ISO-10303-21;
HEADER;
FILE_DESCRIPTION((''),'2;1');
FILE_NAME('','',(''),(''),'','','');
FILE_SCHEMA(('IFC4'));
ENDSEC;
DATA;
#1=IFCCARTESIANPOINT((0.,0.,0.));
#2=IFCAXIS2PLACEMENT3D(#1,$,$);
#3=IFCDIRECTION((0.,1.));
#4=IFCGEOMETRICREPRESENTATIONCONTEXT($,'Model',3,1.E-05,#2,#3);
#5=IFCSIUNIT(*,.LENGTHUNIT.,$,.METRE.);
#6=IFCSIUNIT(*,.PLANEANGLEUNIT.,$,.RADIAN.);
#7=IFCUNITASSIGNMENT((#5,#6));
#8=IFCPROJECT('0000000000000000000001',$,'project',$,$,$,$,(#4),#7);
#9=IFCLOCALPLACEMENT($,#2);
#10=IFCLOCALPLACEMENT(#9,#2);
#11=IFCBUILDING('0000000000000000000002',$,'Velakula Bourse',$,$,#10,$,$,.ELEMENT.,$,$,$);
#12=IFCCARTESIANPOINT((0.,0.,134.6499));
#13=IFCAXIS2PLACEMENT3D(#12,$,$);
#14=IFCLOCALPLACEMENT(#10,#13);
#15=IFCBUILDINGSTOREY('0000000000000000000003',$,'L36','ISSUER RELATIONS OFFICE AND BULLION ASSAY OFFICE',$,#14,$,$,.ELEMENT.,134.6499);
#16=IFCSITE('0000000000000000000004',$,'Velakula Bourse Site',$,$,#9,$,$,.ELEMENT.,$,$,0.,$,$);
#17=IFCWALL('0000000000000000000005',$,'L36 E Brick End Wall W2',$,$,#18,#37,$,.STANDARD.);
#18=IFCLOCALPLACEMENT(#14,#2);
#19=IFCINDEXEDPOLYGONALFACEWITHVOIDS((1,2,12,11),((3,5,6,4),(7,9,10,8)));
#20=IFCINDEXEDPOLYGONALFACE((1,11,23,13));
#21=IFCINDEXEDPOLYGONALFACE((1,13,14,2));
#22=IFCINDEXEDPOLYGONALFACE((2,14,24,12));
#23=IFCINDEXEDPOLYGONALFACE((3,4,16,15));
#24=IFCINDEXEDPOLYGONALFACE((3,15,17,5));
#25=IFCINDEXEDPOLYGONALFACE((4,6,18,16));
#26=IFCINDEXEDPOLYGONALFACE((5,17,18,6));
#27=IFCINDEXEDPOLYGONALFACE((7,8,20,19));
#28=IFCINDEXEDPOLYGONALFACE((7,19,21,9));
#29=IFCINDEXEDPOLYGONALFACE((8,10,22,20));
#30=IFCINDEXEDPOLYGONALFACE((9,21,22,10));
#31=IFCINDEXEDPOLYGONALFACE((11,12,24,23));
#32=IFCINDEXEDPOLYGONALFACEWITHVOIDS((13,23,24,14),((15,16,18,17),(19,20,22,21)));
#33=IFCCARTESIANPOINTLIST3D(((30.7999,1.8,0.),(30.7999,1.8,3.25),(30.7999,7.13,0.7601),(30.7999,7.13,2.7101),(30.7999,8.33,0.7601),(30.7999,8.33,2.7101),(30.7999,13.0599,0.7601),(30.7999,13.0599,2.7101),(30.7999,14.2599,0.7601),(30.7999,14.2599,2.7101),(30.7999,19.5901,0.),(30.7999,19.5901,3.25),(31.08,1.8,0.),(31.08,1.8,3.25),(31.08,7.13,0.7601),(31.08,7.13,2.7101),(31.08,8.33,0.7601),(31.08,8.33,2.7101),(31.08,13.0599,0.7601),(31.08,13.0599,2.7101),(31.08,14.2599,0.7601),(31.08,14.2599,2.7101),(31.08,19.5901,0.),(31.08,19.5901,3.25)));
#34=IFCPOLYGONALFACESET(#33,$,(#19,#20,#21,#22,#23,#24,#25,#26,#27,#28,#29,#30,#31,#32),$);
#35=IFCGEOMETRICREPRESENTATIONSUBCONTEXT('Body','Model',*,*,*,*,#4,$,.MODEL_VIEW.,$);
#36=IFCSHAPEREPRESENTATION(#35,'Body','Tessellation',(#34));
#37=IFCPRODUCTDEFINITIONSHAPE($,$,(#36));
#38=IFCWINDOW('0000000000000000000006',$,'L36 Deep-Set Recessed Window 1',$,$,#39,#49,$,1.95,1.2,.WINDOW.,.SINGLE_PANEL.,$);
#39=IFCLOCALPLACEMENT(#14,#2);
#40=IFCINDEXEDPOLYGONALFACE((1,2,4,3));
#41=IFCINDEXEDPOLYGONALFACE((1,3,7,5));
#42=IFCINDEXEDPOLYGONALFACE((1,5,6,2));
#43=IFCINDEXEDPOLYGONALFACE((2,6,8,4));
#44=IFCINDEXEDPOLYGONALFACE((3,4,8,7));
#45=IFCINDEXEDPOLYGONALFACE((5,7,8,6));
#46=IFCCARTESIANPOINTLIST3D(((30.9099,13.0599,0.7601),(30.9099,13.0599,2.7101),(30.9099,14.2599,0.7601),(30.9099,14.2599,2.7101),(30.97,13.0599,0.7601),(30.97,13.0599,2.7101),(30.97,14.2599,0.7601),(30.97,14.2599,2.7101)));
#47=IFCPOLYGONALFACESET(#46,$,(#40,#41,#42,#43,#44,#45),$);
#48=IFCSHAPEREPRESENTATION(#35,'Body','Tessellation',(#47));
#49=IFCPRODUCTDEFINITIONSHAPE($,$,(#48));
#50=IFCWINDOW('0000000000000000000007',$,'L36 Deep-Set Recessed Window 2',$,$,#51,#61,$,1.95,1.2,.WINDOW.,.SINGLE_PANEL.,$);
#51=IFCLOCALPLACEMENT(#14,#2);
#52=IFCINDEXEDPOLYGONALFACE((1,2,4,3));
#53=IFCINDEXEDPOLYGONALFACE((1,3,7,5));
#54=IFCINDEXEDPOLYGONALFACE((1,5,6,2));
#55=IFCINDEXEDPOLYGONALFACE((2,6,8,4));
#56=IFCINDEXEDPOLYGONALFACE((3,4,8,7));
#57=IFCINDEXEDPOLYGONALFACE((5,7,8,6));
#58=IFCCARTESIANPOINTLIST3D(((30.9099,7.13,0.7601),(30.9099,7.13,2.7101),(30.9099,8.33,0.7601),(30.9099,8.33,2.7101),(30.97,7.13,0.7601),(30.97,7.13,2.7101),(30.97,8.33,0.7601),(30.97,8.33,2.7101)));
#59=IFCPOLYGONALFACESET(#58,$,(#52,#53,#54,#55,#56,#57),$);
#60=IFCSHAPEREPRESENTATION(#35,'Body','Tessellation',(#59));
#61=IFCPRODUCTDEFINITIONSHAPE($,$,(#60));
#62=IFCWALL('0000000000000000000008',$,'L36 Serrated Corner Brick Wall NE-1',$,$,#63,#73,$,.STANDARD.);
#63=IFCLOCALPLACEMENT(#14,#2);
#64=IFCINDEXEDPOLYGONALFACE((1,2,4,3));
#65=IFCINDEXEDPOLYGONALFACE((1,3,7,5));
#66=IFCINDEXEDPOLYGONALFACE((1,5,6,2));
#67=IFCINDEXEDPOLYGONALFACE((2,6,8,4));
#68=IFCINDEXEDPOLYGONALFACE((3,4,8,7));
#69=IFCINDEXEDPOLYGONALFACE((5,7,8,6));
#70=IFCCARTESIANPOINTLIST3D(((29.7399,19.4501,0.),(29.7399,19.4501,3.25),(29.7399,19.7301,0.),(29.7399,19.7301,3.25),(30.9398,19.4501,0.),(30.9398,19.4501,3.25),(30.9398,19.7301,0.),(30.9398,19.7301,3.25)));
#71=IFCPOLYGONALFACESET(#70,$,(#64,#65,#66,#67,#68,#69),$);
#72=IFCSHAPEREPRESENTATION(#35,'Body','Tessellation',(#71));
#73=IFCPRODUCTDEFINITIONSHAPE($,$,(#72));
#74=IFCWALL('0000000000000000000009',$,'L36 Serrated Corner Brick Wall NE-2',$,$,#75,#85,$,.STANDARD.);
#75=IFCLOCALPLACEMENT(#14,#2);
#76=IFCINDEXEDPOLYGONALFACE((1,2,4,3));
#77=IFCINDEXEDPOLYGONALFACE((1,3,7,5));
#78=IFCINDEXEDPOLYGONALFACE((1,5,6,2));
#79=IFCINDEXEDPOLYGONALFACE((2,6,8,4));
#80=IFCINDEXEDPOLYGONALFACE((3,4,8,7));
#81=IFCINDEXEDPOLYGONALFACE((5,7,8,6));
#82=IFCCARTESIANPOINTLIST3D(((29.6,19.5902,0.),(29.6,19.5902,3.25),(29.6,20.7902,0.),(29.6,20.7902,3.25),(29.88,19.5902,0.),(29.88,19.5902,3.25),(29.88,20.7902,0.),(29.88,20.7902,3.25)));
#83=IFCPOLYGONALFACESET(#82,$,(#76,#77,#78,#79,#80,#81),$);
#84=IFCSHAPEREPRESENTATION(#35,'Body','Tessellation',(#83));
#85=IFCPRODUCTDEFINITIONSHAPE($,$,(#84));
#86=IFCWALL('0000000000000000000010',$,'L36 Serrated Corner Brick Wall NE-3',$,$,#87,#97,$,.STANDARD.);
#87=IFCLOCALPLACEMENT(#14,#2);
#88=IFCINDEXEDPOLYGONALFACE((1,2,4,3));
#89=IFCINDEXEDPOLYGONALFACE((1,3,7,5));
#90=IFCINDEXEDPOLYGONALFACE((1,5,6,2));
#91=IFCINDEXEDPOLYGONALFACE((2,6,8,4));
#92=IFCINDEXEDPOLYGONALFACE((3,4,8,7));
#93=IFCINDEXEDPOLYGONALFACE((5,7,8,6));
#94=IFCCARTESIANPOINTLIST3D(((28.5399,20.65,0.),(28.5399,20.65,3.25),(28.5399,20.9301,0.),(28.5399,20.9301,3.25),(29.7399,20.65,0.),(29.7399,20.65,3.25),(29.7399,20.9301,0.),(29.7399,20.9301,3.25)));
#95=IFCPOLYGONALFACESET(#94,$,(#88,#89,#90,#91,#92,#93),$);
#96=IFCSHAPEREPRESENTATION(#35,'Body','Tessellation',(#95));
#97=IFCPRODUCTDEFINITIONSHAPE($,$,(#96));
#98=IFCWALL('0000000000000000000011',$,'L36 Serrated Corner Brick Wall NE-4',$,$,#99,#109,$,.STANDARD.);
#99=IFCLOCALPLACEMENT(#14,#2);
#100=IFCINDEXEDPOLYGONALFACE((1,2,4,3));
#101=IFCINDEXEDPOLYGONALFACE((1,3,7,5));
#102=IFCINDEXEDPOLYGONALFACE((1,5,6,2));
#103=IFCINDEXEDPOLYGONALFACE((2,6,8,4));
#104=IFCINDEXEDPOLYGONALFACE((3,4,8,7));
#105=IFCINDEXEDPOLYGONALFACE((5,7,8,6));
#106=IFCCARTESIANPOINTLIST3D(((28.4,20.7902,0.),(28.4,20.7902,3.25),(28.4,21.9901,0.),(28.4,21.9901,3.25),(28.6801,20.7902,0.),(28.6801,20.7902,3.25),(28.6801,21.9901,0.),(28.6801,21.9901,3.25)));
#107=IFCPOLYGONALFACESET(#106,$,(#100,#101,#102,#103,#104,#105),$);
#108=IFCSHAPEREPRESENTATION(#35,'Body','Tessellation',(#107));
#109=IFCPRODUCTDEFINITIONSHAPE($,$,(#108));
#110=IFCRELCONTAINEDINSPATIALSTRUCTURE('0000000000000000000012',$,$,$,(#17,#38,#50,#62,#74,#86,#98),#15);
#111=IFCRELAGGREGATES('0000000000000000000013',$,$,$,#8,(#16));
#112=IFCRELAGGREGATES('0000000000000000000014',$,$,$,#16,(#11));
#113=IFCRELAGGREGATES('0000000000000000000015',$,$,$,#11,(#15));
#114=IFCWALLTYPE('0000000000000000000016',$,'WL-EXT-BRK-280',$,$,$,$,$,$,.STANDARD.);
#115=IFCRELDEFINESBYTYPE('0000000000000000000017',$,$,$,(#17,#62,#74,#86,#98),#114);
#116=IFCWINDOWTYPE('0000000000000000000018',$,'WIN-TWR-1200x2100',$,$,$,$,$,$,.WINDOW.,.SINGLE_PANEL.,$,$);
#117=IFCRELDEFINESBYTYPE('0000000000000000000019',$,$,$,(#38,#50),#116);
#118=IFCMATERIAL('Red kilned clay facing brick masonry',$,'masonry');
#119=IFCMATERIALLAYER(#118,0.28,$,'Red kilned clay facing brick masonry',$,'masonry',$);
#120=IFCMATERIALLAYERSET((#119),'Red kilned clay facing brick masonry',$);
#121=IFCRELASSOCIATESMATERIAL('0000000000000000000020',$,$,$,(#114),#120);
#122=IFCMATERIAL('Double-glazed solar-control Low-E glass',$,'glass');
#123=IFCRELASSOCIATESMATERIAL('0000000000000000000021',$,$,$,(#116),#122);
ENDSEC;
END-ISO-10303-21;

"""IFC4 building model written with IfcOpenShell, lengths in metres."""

from ifc_helpers import new_model, si_unit, direction, frame, frame_2d, origin, place, context, subcontext, project, spatial, rectangle, extrude, material, layer, layer_set, type_object, element, fill, save


model = new_model("IFC4")

# Units and contexts
model_context = context("Model", 3, precision=1e-05, world=origin(), true_north=direction((0.0, 1.0)))
body_context = subcontext(model_context, "Body", "Model", "MODEL_VIEW")
ifc_project = project(units=[si_unit("LENGTHUNIT", "METRE"), si_unit("PLANEANGLEUNIT", "RADIAN")], contexts=[model_context])

# Site, building, storey
site_placement = place(None, origin())
site = spatial("IfcSite", under=ifc_project, at=site_placement, Name="Velakula Bourse Site", CompositionType="ELEMENT", RefElevation=0.0)
building_placement = place(site_placement, origin())
building = spatial("IfcBuilding", under=site, at=building_placement, Name="Velakula Bourse", CompositionType="ELEMENT")
storey_placement = place(building_placement, frame((0.0, 0.0, 134.6499)))
storey = spatial("IfcBuildingStorey", under=building, at=storey_placement, Name="L36", Description="ISSUER RELATIONS OFFICE AND BULLION ASSAY OFFICE", CompositionType="ELEMENT", Elevation=134.6499)

# Wall, openings, windows
ifc_material_1 = material(Name="Red kilned clay facing brick masonry", Category="masonry")
ifc_layer = layer(ifc_material_1, 0.28, Name="Red kilned clay facing brick masonry", Category="masonry")
ifc_layer_set = layer_set([ifc_layer], Name="Red kilned clay facing brick masonry")
wall_type = type_object("IfcWallType", Name="WL-EXT-BRK-280", PredefinedType="STANDARD", material=ifc_layer_set)
wall_placement = place(storey_placement, frame((30.9399, 19.5901, 0.0), z_axis=(0.0, 0.0, 1.0), x_axis=(0.0, -1.0, 0.0)))
wall = element("IfcWall", 1, at=wall_placement, inside=storey, type_object=wall_type, Name="L36 E Brick End Wall W2", PredefinedType="STANDARD", context=body_context, shape_type="SweptSolid", body=[
    extrude(rectangle(XDim=17.79, YDim=0.28, at=frame_2d((8.895, 0.0))), origin(), (0.0, 0.0, 1.0), 3.25),
])
opening_1_placement = place(wall_placement, frame((5.3301, 0.0, 0.76)))
opening_1 = element("IfcOpeningElement", 2, at=opening_1_placement, cuts=wall, PredefinedType="OPENING", context=body_context, shape_type="SweptSolid", body=[
    extrude(rectangle(XDim=1.2, YDim=1.95, at=frame_2d((0.6001, 0.9751))), frame((0.0, 0.1499, 0.0), z_axis=(0.0, -1.0, 0.0), x_axis=(1.0, 0.0, 0.0)), (0.0, 0.0, 1.0), 0.3),
])
opening_2_placement = place(wall_placement, frame((11.26, 0.0, 0.76)))
opening_2 = element("IfcOpeningElement", 3, at=opening_2_placement, cuts=wall, PredefinedType="OPENING", context=body_context, shape_type="SweptSolid", body=[
    extrude(rectangle(XDim=1.2, YDim=1.95, at=frame_2d((0.6001, 0.9751))), frame((0.0, 0.1499, 0.0), z_axis=(0.0, -1.0, 0.0), x_axis=(1.0, 0.0, 0.0)), (0.0, 0.0, 1.0), 0.3),
])
ifc_material_2 = material(Name="Double-glazed solar-control Low-E glass", Category="glass")
window_type = type_object("IfcWindowType", Name="WIN-TWR-1200x2100", PartitioningType="SINGLE_PANEL", PredefinedType="WINDOW", material=ifc_material_2)
window_1_placement = place(opening_1_placement, origin())
window_1 = element("IfcWindow", 4, at=window_1_placement, inside=storey, type_object=window_type, Name="L36 Deep-Set Recessed Window 1", OverallHeight=1.95, OverallWidth=1.2, PartitioningType="SINGLE_PANEL", PredefinedType="WINDOW", context=body_context, shape_type="SweptSolid", body=[
    extrude(rectangle(XDim=1.2, YDim=1.95, at=frame_2d((0.6001, 0.9751))), frame((0.0, 0.03, 0.0), z_axis=(0.0, -1.0, 0.0), x_axis=(1.0, 0.0, 0.0)), (0.0, 0.0, 1.0), 0.0601),
])
fill(opening_1, window_1)
window_2_placement = place(opening_2_placement, origin())
window_2 = element("IfcWindow", 5, at=window_2_placement, inside=storey, type_object=window_type, Name="L36 Deep-Set Recessed Window 2", OverallHeight=1.95, OverallWidth=1.2, PartitioningType="SINGLE_PANEL", PredefinedType="WINDOW", context=body_context, shape_type="SweptSolid", body=[
    extrude(rectangle(XDim=1.2, YDim=1.95, at=frame_2d((0.6001, 0.9751))), frame((0.0, 0.03, 0.0), z_axis=(0.0, -1.0, 0.0), x_axis=(1.0, 0.0, 0.0)), (0.0, 0.0, 1.0), 0.0601),
])
fill(opening_2, window_2)

# Walls
for number, where, z_axis, x_axis, name in (
    (6, (30.9399, 19.5901, 0.0), (0.0, 0.0, 1.0), (-1.0, 0.0, 0.0), "L36 Serrated Corner Brick Wall NE-1"),
    (7, (29.74, 19.5901, 0.0), (0.0, 0.0, 1.0), (0.0, 1.0, 0.0), "L36 Serrated Corner Brick Wall NE-2"),
    (8, (29.74, 20.79, 0.0), (0.0, 0.0, 1.0), (-1.0, 0.0, 0.0), "L36 Serrated Corner Brick Wall NE-3"),
    (9, (28.54, 20.79, 0.0), (0.0, 0.0, 1.0), (0.0, 1.0, 0.0), "L36 Serrated Corner Brick Wall NE-4"),
):
    element("IfcWall", number, at=place(storey_placement, frame(where, z_axis=z_axis, x_axis=x_axis)), inside=storey, type_object=wall_type, Name=name, PredefinedType="STANDARD", context=body_context, shape_type="SweptSolid", body=[
        extrude(rectangle(XDim=1.2, YDim=0.28, at=frame_2d((0.6001, 0.0))), origin(), (0.0, 0.0, 1.0), 3.25),
    ])

save(model, "model.ifc")
